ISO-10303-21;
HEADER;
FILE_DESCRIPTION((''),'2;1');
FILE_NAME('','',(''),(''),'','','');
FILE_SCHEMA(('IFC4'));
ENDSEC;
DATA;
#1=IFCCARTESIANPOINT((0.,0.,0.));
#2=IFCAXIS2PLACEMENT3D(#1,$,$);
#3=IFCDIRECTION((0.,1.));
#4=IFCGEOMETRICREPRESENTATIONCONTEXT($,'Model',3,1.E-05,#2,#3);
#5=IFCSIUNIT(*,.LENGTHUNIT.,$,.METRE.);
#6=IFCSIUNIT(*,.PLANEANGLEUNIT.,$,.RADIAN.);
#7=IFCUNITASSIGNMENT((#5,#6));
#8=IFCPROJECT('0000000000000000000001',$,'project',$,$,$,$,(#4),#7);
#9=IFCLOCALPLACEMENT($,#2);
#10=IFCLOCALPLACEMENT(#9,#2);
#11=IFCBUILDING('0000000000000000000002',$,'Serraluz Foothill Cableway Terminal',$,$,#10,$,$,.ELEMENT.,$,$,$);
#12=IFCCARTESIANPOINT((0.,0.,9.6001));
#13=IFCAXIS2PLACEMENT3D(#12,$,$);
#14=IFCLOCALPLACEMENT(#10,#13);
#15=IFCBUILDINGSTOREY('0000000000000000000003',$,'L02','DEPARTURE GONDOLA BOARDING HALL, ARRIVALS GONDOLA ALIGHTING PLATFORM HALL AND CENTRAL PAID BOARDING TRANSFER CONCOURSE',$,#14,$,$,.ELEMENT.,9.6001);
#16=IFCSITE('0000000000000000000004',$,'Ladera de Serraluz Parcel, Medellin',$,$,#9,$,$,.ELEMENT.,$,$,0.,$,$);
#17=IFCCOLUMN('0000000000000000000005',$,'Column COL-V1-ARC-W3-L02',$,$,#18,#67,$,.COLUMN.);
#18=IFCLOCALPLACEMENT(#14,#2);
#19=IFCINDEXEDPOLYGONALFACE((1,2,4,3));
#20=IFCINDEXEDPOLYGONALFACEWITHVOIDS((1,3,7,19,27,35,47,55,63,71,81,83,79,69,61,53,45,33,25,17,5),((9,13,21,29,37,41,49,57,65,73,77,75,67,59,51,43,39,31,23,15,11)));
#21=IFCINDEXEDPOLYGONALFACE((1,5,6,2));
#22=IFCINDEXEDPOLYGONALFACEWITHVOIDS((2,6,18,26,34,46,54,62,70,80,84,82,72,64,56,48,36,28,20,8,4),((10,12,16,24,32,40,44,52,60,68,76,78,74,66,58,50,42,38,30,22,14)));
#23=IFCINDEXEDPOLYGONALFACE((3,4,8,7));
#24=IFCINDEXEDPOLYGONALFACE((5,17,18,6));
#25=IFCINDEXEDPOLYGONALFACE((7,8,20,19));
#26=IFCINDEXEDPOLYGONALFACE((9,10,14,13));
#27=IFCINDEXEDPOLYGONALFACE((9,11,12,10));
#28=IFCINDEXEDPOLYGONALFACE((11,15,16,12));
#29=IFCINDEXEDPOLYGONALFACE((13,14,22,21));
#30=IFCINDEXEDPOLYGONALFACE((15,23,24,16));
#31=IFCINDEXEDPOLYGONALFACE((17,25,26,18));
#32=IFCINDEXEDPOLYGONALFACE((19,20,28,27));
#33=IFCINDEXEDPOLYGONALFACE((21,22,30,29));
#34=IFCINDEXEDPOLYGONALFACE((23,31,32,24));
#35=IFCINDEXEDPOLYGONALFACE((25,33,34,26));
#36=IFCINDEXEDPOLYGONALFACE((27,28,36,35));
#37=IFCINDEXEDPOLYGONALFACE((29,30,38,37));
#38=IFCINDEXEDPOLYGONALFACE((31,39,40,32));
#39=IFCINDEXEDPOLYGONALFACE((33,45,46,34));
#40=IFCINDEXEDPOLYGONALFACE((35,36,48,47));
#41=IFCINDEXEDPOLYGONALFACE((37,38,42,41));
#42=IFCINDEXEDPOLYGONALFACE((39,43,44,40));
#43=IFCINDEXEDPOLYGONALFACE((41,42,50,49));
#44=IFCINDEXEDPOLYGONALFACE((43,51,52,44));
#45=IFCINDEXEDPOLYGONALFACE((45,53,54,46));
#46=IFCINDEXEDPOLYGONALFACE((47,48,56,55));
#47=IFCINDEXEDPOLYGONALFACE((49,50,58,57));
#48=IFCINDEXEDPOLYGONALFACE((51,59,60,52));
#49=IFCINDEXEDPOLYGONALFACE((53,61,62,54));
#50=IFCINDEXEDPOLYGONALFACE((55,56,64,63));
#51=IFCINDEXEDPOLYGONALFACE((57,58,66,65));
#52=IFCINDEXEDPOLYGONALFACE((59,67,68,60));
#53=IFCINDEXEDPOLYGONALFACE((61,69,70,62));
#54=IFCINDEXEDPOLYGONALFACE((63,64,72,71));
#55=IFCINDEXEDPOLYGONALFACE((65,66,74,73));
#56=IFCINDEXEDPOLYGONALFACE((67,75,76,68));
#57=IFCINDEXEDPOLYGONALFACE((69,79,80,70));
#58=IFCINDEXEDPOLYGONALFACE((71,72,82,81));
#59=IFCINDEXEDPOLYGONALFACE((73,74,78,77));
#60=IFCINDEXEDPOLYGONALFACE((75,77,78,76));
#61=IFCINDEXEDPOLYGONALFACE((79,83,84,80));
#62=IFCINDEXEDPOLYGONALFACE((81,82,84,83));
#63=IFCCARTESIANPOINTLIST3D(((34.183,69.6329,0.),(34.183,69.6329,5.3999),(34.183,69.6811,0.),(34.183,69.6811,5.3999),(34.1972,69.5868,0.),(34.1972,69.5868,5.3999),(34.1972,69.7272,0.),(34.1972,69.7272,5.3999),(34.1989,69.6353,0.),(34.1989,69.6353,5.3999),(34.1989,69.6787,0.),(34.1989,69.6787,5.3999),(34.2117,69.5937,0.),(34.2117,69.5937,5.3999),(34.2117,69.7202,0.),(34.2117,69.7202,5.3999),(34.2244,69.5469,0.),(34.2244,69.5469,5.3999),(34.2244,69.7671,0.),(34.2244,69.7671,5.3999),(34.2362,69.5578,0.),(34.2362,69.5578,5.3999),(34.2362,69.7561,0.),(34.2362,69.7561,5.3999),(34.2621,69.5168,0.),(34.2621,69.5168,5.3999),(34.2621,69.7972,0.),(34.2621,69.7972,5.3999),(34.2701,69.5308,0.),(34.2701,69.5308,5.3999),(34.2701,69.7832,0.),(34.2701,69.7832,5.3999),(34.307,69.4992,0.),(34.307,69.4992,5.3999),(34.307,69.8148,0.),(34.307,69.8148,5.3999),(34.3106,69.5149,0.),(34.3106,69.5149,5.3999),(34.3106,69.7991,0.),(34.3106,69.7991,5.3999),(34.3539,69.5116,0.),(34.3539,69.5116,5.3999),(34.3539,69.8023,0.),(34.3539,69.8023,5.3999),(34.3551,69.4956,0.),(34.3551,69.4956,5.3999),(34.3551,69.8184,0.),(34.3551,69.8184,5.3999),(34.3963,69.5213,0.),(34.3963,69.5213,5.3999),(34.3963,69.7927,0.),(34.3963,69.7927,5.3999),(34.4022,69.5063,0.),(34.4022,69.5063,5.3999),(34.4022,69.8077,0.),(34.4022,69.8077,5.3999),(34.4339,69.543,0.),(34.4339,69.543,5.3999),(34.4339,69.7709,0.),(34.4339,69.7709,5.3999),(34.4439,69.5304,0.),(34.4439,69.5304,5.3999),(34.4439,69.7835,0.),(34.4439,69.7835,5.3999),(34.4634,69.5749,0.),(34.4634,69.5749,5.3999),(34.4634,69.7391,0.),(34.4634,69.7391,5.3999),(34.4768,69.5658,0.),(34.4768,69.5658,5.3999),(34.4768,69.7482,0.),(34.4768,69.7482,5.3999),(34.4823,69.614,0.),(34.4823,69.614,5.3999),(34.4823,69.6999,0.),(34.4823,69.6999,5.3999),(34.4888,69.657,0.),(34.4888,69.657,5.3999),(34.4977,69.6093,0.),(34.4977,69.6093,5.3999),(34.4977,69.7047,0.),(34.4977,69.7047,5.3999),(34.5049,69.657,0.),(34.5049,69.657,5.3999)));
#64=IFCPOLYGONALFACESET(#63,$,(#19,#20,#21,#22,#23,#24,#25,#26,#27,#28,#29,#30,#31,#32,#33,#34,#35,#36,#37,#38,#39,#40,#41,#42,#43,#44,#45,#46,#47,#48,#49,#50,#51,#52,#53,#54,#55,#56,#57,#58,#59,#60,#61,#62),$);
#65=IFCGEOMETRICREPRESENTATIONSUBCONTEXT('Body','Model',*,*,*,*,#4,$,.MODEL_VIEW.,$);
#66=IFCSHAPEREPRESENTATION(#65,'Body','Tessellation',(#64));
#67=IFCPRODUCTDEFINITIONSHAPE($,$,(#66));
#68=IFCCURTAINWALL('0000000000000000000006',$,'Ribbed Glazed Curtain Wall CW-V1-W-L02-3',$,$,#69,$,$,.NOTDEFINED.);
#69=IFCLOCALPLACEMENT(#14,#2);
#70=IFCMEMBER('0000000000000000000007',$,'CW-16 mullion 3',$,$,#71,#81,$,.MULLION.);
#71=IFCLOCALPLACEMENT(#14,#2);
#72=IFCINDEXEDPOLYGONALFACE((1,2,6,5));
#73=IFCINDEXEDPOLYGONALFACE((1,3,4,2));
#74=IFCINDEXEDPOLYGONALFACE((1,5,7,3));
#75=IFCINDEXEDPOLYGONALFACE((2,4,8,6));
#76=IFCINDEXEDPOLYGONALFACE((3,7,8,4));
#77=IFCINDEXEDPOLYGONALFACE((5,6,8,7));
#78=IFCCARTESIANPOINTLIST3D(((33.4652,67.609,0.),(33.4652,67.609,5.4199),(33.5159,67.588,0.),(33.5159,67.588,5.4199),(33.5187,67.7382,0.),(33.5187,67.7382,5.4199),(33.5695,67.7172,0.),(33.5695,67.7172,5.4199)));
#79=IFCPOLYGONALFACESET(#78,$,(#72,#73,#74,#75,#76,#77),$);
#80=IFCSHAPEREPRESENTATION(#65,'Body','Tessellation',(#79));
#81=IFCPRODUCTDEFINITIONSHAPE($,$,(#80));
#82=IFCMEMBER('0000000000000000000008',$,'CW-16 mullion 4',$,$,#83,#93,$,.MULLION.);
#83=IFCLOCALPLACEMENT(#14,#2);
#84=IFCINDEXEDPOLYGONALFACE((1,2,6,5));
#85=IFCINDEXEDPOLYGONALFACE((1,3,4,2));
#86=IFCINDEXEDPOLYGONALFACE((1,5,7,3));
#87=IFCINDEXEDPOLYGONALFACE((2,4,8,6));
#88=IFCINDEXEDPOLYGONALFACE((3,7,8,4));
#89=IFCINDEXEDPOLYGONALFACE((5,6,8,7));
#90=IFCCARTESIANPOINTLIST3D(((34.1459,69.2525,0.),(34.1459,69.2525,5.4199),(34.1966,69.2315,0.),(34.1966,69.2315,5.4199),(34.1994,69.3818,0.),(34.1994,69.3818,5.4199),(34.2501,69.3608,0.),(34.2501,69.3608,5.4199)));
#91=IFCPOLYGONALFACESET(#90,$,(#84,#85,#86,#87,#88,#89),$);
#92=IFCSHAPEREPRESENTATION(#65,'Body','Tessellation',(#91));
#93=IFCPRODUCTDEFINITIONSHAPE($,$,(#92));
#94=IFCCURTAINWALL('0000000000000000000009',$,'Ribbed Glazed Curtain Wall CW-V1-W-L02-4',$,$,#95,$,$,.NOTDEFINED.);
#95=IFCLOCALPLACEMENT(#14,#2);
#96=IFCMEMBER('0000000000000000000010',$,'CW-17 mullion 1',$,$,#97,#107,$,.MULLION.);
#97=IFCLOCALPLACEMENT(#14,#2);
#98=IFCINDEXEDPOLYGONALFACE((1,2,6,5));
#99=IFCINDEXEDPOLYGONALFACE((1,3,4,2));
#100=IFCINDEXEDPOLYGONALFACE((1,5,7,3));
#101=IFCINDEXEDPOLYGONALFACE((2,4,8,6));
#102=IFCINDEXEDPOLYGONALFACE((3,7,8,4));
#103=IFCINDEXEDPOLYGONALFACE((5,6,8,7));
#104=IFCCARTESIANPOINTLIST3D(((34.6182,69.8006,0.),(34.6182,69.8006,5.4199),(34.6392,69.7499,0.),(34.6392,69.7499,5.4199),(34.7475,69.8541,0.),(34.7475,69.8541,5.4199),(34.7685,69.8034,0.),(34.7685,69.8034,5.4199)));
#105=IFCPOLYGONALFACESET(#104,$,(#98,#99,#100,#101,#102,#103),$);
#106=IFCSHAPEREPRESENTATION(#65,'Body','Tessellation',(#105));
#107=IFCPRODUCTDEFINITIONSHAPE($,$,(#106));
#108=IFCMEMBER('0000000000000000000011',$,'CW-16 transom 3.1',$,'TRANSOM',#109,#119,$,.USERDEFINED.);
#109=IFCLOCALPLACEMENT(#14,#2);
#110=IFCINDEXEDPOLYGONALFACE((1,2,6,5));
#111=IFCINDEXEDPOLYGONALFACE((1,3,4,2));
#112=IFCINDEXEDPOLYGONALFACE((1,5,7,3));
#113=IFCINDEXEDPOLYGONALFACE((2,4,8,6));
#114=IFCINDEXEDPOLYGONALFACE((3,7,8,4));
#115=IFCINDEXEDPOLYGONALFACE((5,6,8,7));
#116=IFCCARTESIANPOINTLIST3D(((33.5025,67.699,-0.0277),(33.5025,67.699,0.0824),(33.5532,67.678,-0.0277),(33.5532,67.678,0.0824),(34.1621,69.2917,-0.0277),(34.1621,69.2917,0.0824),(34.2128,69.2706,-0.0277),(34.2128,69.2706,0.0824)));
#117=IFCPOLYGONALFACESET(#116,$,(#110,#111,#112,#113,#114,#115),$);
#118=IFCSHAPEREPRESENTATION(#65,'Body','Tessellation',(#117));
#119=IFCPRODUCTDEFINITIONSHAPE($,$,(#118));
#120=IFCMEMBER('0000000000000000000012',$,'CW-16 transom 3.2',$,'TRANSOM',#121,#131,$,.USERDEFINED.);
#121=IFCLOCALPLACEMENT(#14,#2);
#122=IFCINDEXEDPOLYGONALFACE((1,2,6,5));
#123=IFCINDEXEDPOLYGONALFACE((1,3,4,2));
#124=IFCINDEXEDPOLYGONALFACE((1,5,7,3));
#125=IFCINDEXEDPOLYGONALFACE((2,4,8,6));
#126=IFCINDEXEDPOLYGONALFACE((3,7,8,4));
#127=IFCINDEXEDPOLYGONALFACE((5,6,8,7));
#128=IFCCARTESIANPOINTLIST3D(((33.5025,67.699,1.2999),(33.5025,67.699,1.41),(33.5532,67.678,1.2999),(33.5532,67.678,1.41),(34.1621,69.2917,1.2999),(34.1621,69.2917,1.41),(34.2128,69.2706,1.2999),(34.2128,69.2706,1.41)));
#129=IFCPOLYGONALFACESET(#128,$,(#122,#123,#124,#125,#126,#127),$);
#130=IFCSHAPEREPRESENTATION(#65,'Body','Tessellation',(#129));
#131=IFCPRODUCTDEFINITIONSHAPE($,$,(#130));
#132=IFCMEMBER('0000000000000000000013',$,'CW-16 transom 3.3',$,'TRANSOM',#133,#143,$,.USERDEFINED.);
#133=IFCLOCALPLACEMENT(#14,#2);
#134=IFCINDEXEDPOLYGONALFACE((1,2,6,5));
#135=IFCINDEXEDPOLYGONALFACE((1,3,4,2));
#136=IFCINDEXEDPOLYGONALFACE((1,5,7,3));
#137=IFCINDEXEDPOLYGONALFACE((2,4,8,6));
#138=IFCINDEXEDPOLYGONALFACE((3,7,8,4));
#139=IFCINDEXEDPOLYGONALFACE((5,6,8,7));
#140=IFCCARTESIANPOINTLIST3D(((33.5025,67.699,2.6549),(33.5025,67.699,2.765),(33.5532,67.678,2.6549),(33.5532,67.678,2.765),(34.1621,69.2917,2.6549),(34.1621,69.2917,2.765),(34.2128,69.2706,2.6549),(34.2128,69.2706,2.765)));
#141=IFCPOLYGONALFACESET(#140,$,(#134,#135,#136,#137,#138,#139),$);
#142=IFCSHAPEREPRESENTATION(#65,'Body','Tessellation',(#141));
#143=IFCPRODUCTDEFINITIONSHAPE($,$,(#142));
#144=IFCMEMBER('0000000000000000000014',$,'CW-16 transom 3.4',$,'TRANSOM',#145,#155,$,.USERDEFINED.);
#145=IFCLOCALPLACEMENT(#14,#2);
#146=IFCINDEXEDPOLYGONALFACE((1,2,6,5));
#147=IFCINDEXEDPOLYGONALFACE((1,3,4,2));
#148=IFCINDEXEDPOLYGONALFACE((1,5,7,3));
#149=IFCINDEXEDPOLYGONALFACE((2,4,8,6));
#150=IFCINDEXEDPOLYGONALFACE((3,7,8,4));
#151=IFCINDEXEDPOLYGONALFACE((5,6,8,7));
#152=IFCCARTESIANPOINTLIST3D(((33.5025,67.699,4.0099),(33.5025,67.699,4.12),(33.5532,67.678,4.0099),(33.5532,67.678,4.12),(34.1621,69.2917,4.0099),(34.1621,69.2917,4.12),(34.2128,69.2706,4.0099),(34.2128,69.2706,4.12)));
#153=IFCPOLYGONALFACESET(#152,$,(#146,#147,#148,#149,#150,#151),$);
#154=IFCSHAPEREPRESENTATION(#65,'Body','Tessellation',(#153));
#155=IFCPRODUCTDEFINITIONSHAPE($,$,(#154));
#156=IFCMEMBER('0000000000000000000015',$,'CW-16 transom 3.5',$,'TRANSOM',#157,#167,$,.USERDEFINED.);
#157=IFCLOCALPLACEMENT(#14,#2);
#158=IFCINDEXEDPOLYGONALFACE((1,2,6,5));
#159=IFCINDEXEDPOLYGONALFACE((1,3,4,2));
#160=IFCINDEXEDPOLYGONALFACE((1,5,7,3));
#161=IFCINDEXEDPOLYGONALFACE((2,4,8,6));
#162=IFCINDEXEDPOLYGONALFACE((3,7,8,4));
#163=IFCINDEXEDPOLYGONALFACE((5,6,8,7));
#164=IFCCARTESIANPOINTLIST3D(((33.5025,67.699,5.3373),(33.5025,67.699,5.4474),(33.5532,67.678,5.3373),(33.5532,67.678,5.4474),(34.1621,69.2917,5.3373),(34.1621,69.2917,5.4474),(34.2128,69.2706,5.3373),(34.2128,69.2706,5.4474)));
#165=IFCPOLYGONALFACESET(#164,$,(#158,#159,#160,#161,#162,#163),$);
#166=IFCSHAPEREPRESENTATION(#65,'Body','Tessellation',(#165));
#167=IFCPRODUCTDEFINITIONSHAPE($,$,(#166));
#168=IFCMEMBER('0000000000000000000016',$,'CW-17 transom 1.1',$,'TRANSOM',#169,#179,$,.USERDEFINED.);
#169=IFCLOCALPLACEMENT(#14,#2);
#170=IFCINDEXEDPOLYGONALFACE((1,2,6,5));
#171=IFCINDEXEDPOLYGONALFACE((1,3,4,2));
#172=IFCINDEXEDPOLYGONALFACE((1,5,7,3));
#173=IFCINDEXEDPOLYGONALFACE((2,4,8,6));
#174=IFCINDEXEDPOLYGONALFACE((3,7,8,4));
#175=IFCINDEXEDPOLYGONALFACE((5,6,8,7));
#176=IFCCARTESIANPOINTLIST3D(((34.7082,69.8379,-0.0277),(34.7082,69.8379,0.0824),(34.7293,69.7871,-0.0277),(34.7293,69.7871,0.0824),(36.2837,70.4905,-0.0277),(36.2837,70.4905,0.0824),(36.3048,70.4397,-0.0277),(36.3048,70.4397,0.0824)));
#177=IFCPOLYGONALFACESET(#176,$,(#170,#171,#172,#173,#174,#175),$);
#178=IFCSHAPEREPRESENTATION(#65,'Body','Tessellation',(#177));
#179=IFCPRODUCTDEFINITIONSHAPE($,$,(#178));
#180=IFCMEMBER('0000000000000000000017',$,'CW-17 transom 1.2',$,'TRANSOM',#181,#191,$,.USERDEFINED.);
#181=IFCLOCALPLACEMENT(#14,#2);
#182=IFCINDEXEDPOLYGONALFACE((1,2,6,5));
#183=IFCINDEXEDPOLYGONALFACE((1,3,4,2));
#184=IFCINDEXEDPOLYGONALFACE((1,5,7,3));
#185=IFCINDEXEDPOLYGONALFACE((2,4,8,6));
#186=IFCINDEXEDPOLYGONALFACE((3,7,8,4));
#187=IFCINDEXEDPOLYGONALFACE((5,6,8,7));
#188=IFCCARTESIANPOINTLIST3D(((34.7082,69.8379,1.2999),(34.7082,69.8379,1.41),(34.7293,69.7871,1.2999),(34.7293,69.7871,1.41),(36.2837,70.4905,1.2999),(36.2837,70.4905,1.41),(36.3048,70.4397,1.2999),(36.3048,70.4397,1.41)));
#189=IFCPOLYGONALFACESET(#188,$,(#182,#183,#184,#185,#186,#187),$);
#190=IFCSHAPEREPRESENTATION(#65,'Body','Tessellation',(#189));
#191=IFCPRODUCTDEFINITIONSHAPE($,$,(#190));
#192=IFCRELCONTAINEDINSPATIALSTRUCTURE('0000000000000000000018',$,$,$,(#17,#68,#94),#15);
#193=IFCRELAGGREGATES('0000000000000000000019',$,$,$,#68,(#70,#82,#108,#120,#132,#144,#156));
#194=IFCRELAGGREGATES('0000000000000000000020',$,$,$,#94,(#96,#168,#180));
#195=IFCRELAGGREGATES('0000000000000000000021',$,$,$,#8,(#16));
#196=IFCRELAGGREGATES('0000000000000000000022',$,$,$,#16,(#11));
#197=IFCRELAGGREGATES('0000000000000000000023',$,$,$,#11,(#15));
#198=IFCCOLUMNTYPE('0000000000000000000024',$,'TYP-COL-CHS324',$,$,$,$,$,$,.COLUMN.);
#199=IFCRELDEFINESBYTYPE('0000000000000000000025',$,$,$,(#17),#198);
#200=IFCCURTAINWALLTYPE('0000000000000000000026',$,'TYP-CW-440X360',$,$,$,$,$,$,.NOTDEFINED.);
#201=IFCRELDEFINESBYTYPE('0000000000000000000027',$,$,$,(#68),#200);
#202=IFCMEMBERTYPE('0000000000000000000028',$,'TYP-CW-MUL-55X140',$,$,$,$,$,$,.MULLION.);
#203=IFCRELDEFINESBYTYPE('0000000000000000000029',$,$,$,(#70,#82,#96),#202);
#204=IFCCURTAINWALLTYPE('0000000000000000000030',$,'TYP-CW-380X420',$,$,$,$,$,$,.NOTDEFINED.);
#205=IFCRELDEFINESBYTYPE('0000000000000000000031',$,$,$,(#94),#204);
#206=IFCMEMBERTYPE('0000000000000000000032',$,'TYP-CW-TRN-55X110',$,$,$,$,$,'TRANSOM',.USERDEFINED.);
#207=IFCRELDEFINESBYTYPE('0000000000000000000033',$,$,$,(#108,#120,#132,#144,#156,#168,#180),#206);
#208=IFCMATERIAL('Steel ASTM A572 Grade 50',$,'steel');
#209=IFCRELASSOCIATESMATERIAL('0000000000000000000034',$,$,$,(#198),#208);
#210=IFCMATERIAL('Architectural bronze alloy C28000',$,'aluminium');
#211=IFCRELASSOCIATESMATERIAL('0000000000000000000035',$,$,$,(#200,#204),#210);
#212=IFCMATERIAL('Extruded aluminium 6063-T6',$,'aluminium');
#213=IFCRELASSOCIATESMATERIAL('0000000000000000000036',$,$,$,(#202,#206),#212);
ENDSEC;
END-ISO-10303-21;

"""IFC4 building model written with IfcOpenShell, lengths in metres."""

from ifc_helpers import new_model, si_unit, direction, frame, origin, origin_2d, place, context, subcontext, project, spatial, rectangle, hollow_circle, extrude, material, material_profile, profile_set, type_object, element, aggregate, save


model = new_model("IFC4")

# Units and contexts
model_context = context("Model", 3, precision=1e-05, world=origin(), true_north=direction((0.0, 1.0)))
body_context = subcontext(model_context, "Body", "Model", "MODEL_VIEW")
ifc_project = project(units=[si_unit("LENGTHUNIT", "METRE"), si_unit("PLANEANGLEUNIT", "RADIAN")], contexts=[model_context])

# Site, building, storey
site_placement = place(None, origin())
site = spatial("IfcSite", under=ifc_project, at=site_placement, Name="Ladera de Serraluz Parcel, Medellin", CompositionType="ELEMENT", RefElevation=0.0)
building_placement = place(site_placement, origin())
building = spatial("IfcBuilding", under=site, at=building_placement, Name="Serraluz Foothill Cableway Terminal", CompositionType="ELEMENT")
storey_placement = place(building_placement, frame((0.0, 0.0, 9.6001)))
storey = spatial("IfcBuildingStorey", under=building, at=storey_placement, Name="L02", Description="DEPARTURE GONDOLA BOARDING HALL, ARRIVALS GONDOLA ALIGHTING PLATFORM HALL AND CENTRAL PAID BOARDING TRANSFER CONCOURSE", CompositionType="ELEMENT", Elevation=9.6001)

# Column
ifc_material_1 = material(Name="Steel ASTM A572 Grade 50", Category="steel")
ifc_material_profile_1 = material_profile(ifc_material_1, hollow_circle(Radius=0.1619, WallThickness=0.0161, at=origin_2d()), Name="CHS324X16")
ifc_profile_set_1 = profile_set([ifc_material_profile_1], Name="Steel ASTM A572 Grade 50")
column_type = type_object("IfcColumnType", Name="TYP-COL-CHS324", PredefinedType="COLUMN", material=ifc_profile_set_1)
column_placement = place(storey_placement, frame((34.343, 69.657, 0.0), z_axis=(0.0, 0.0, 1.0), x_axis=(1.0, 0.0, 0.0)))
element("IfcColumn", 1, at=column_placement, inside=storey, type_object=column_type, Name="Column COL-V1-ARC-W3-L02", PredefinedType="COLUMN", context=body_context, shape_type="SweptSolid", body=[
    extrude(hollow_circle(Radius=0.1619, WallThickness=0.0161, at=origin_2d()), origin(), (0.0, 0.0, 1.0), 5.3999),
])

# Curtain wall, members
ifc_material_2 = material(Name="Architectural bronze alloy C28000", Category="aluminium")
curtain_wall_type_1 = type_object("IfcCurtainWallType", Name="TYP-CW-440X360", PredefinedType="NOTDEFINED", material=ifc_material_2)
curtain_wall_1_placement = place(storey_placement, origin())
curtain_wall_1 = element("IfcCurtainWall", 2, at=curtain_wall_1_placement, inside=storey, type_object=curtain_wall_type_1, Name="Ribbed Glazed Curtain Wall CW-V1-W-L02-3", PredefinedType="NOTDEFINED")
ifc_material_3 = material(Name="Extruded aluminium 6063-T6", Category="aluminium")
ifc_material_profile_2 = material_profile(ifc_material_3, rectangle(XDim=0.0549, YDim=0.1399, at=origin_2d()), Name="ALU MULLION 55x140")
ifc_profile_set_2 = profile_set([ifc_material_profile_2], Name="Extruded aluminium 6063-T6")
member_type_1 = type_object("IfcMemberType", Name="TYP-CW-MUL-55X140", PredefinedType="MULLION", material=ifc_profile_set_2)
member_1_placement = place(storey_placement, frame((33.5173, 67.6631, 0.0), z_axis=(0.0, 0.0, 1.0), x_axis=(-0.923879, 0.382685, 0.0)))
member_1 = element("IfcMember", 3, at=member_1_placement, type_object=member_type_1, Name="CW-16 mullion 3", PredefinedType="MULLION", context=body_context, shape_type="SweptSolid", body=[
    extrude(rectangle(XDim=0.0549, YDim=0.1399, at=origin_2d()), origin(), (0.0, 0.0, 1.0), 5.4199),
])
member_2_placement = place(storey_placement, frame((34.198, 69.3066, 0.0), z_axis=(0.0, 0.0, 1.0), x_axis=(-0.923879, 0.382685, 0.0)))
member_2 = element("IfcMember", 4, at=member_2_placement, type_object=member_type_1, Name="CW-16 mullion 4", PredefinedType="MULLION", context=body_context, shape_type="SweptSolid", body=[
    extrude(rectangle(XDim=0.0549, YDim=0.1399, at=origin_2d()), origin(), (0.0, 0.0, 1.0), 5.4199),
])

# Curtain wall, member
curtain_wall_type_2 = type_object("IfcCurtainWallType", Name="TYP-CW-380X420", PredefinedType="NOTDEFINED", material=ifc_material_2)
curtain_wall_2_placement = place(storey_placement, origin())
curtain_wall_2 = element("IfcCurtainWall", 5, at=curtain_wall_2_placement, inside=storey, type_object=curtain_wall_type_2, Name="Ribbed Glazed Curtain Wall CW-V1-W-L02-4", PredefinedType="NOTDEFINED")
member_3_placement = place(storey_placement, frame((34.6934, 69.802, 0.0), z_axis=(0.0, 0.0, 1.0), x_axis=(-0.382682, 0.92388, 0.0)))
member_3 = element("IfcMember", 6, at=member_3_placement, type_object=member_type_1, Name="CW-17 mullion 1", PredefinedType="MULLION", context=body_context, shape_type="SweptSolid", body=[
    extrude(rectangle(XDim=0.0549, YDim=0.1399, at=origin_2d()), origin(), (0.0, 0.0, 1.0), 5.4199),
])

# Members
ifc_material_profile_3 = material_profile(ifc_material_3, rectangle(XDim=0.0549, YDim=0.1101, at=origin_2d()), Name="ALU TRANSOM 55x110")
ifc_profile_set_3 = profile_set([ifc_material_profile_3], Name="Extruded aluminium 6063-T6")
member_type_2 = type_object("IfcMemberType", Name="TYP-CW-TRN-55X110", ElementType="TRANSOM", PredefinedType="USERDEFINED", material=ifc_profile_set_3)
member_4_placement = place(storey_placement, frame((33.5278, 67.6885, 0.0273), z_axis=(0.382644, 0.923896, 0.0), x_axis=(-0.923896, 0.382644, 0.0)))
member_4 = element("IfcMember", 7, at=member_4_placement, type_object=member_type_2, Name="CW-16 transom 3.1", ObjectType="TRANSOM", PredefinedType="USERDEFINED", context=body_context, shape_type="SweptSolid", body=[
    extrude(rectangle(XDim=0.0549, YDim=0.1101, at=origin_2d()), origin(), (0.0, 0.0, 1.0), 1.7239),
])
member_5_placement = place(storey_placement, frame((33.5278, 67.6885, 1.355), z_axis=(0.382644, 0.923896, 0.0), x_axis=(-0.923896, 0.382644, 0.0)))
member_5 = element("IfcMember", 8, at=member_5_placement, type_object=member_type_2, Name="CW-16 transom 3.2", ObjectType="TRANSOM", PredefinedType="USERDEFINED", context=body_context, shape_type="SweptSolid", body=[
    extrude(rectangle(XDim=0.0549, YDim=0.1101, at=origin_2d()), origin(), (0.0, 0.0, 1.0), 1.7239),
])
member_6_placement = place(storey_placement, frame((33.5278, 67.6885, 2.71), z_axis=(0.382644, 0.923896, 0.0), x_axis=(-0.923896, 0.382644, 0.0)))
member_6 = element("IfcMember", 9, at=member_6_placement, type_object=member_type_2, Name="CW-16 transom 3.3", ObjectType="TRANSOM", PredefinedType="USERDEFINED", context=body_context, shape_type="SweptSolid", body=[
    extrude(rectangle(XDim=0.0549, YDim=0.1101, at=origin_2d()), origin(), (0.0, 0.0, 1.0), 1.7239),
])
member_7_placement = place(storey_placement, frame((33.5278, 67.6885, 4.0649), z_axis=(0.382644, 0.923896, 0.0), x_axis=(-0.923896, 0.382644, 0.0)))
member_7 = element("IfcMember", 10, at=member_7_placement, type_object=member_type_2, Name="CW-16 transom 3.4", ObjectType="TRANSOM", PredefinedType="USERDEFINED", context=body_context, shape_type="SweptSolid", body=[
    extrude(rectangle(XDim=0.0549, YDim=0.1101, at=origin_2d()), origin(), (0.0, 0.0, 1.0), 1.7239),
])
member_8_placement = place(storey_placement, frame((33.5278, 67.6885, 5.3923), z_axis=(0.382644, 0.923896, 0.0), x_axis=(-0.923896, 0.382644, 0.0)))
member_8 = element("IfcMember", 11, at=member_8_placement, type_object=member_type_2, Name="CW-16 transom 3.5", ObjectType="TRANSOM", PredefinedType="USERDEFINED", context=body_context, shape_type="SweptSolid", body=[
    extrude(rectangle(XDim=0.0549, YDim=0.1101, at=origin_2d()), origin(), (0.0, 0.0, 1.0), 1.7239),
])
member_9_placement = place(storey_placement, frame((34.7188, 69.8125, 0.0273), z_axis=(0.923875, 0.382693, 0.0), x_axis=(-0.382693, 0.923875, 0.0)))
member_9 = element("IfcMember", 12, at=member_9_placement, type_object=member_type_2, Name="CW-17 transom 1.1", ObjectType="TRANSOM", PredefinedType="USERDEFINED", context=body_context, shape_type="SweptSolid", body=[
    extrude(rectangle(XDim=0.0549, YDim=0.1101, at=origin_2d()), origin(), (0.0, 0.0, 1.0), 1.7053),
])
member_10_placement = place(storey_placement, frame((34.7188, 69.8125, 1.355), z_axis=(0.923875, 0.382693, 0.0), x_axis=(-0.382693, 0.923875, 0.0)))
member_10 = element("IfcMember", 13, at=member_10_placement, type_object=member_type_2, Name="CW-17 transom 1.2", ObjectType="TRANSOM", PredefinedType="USERDEFINED", context=body_context, shape_type="SweptSolid", body=[
    extrude(rectangle(XDim=0.0549, YDim=0.1101, at=origin_2d()), origin(), (0.0, 0.0, 1.0), 1.7053),
])

aggregate(curtain_wall_1, [member_1, member_2, member_4, member_5, member_6, member_7, member_8])
aggregate(curtain_wall_2, [member_3, member_9, member_10])

save(model, "model.ifc")
